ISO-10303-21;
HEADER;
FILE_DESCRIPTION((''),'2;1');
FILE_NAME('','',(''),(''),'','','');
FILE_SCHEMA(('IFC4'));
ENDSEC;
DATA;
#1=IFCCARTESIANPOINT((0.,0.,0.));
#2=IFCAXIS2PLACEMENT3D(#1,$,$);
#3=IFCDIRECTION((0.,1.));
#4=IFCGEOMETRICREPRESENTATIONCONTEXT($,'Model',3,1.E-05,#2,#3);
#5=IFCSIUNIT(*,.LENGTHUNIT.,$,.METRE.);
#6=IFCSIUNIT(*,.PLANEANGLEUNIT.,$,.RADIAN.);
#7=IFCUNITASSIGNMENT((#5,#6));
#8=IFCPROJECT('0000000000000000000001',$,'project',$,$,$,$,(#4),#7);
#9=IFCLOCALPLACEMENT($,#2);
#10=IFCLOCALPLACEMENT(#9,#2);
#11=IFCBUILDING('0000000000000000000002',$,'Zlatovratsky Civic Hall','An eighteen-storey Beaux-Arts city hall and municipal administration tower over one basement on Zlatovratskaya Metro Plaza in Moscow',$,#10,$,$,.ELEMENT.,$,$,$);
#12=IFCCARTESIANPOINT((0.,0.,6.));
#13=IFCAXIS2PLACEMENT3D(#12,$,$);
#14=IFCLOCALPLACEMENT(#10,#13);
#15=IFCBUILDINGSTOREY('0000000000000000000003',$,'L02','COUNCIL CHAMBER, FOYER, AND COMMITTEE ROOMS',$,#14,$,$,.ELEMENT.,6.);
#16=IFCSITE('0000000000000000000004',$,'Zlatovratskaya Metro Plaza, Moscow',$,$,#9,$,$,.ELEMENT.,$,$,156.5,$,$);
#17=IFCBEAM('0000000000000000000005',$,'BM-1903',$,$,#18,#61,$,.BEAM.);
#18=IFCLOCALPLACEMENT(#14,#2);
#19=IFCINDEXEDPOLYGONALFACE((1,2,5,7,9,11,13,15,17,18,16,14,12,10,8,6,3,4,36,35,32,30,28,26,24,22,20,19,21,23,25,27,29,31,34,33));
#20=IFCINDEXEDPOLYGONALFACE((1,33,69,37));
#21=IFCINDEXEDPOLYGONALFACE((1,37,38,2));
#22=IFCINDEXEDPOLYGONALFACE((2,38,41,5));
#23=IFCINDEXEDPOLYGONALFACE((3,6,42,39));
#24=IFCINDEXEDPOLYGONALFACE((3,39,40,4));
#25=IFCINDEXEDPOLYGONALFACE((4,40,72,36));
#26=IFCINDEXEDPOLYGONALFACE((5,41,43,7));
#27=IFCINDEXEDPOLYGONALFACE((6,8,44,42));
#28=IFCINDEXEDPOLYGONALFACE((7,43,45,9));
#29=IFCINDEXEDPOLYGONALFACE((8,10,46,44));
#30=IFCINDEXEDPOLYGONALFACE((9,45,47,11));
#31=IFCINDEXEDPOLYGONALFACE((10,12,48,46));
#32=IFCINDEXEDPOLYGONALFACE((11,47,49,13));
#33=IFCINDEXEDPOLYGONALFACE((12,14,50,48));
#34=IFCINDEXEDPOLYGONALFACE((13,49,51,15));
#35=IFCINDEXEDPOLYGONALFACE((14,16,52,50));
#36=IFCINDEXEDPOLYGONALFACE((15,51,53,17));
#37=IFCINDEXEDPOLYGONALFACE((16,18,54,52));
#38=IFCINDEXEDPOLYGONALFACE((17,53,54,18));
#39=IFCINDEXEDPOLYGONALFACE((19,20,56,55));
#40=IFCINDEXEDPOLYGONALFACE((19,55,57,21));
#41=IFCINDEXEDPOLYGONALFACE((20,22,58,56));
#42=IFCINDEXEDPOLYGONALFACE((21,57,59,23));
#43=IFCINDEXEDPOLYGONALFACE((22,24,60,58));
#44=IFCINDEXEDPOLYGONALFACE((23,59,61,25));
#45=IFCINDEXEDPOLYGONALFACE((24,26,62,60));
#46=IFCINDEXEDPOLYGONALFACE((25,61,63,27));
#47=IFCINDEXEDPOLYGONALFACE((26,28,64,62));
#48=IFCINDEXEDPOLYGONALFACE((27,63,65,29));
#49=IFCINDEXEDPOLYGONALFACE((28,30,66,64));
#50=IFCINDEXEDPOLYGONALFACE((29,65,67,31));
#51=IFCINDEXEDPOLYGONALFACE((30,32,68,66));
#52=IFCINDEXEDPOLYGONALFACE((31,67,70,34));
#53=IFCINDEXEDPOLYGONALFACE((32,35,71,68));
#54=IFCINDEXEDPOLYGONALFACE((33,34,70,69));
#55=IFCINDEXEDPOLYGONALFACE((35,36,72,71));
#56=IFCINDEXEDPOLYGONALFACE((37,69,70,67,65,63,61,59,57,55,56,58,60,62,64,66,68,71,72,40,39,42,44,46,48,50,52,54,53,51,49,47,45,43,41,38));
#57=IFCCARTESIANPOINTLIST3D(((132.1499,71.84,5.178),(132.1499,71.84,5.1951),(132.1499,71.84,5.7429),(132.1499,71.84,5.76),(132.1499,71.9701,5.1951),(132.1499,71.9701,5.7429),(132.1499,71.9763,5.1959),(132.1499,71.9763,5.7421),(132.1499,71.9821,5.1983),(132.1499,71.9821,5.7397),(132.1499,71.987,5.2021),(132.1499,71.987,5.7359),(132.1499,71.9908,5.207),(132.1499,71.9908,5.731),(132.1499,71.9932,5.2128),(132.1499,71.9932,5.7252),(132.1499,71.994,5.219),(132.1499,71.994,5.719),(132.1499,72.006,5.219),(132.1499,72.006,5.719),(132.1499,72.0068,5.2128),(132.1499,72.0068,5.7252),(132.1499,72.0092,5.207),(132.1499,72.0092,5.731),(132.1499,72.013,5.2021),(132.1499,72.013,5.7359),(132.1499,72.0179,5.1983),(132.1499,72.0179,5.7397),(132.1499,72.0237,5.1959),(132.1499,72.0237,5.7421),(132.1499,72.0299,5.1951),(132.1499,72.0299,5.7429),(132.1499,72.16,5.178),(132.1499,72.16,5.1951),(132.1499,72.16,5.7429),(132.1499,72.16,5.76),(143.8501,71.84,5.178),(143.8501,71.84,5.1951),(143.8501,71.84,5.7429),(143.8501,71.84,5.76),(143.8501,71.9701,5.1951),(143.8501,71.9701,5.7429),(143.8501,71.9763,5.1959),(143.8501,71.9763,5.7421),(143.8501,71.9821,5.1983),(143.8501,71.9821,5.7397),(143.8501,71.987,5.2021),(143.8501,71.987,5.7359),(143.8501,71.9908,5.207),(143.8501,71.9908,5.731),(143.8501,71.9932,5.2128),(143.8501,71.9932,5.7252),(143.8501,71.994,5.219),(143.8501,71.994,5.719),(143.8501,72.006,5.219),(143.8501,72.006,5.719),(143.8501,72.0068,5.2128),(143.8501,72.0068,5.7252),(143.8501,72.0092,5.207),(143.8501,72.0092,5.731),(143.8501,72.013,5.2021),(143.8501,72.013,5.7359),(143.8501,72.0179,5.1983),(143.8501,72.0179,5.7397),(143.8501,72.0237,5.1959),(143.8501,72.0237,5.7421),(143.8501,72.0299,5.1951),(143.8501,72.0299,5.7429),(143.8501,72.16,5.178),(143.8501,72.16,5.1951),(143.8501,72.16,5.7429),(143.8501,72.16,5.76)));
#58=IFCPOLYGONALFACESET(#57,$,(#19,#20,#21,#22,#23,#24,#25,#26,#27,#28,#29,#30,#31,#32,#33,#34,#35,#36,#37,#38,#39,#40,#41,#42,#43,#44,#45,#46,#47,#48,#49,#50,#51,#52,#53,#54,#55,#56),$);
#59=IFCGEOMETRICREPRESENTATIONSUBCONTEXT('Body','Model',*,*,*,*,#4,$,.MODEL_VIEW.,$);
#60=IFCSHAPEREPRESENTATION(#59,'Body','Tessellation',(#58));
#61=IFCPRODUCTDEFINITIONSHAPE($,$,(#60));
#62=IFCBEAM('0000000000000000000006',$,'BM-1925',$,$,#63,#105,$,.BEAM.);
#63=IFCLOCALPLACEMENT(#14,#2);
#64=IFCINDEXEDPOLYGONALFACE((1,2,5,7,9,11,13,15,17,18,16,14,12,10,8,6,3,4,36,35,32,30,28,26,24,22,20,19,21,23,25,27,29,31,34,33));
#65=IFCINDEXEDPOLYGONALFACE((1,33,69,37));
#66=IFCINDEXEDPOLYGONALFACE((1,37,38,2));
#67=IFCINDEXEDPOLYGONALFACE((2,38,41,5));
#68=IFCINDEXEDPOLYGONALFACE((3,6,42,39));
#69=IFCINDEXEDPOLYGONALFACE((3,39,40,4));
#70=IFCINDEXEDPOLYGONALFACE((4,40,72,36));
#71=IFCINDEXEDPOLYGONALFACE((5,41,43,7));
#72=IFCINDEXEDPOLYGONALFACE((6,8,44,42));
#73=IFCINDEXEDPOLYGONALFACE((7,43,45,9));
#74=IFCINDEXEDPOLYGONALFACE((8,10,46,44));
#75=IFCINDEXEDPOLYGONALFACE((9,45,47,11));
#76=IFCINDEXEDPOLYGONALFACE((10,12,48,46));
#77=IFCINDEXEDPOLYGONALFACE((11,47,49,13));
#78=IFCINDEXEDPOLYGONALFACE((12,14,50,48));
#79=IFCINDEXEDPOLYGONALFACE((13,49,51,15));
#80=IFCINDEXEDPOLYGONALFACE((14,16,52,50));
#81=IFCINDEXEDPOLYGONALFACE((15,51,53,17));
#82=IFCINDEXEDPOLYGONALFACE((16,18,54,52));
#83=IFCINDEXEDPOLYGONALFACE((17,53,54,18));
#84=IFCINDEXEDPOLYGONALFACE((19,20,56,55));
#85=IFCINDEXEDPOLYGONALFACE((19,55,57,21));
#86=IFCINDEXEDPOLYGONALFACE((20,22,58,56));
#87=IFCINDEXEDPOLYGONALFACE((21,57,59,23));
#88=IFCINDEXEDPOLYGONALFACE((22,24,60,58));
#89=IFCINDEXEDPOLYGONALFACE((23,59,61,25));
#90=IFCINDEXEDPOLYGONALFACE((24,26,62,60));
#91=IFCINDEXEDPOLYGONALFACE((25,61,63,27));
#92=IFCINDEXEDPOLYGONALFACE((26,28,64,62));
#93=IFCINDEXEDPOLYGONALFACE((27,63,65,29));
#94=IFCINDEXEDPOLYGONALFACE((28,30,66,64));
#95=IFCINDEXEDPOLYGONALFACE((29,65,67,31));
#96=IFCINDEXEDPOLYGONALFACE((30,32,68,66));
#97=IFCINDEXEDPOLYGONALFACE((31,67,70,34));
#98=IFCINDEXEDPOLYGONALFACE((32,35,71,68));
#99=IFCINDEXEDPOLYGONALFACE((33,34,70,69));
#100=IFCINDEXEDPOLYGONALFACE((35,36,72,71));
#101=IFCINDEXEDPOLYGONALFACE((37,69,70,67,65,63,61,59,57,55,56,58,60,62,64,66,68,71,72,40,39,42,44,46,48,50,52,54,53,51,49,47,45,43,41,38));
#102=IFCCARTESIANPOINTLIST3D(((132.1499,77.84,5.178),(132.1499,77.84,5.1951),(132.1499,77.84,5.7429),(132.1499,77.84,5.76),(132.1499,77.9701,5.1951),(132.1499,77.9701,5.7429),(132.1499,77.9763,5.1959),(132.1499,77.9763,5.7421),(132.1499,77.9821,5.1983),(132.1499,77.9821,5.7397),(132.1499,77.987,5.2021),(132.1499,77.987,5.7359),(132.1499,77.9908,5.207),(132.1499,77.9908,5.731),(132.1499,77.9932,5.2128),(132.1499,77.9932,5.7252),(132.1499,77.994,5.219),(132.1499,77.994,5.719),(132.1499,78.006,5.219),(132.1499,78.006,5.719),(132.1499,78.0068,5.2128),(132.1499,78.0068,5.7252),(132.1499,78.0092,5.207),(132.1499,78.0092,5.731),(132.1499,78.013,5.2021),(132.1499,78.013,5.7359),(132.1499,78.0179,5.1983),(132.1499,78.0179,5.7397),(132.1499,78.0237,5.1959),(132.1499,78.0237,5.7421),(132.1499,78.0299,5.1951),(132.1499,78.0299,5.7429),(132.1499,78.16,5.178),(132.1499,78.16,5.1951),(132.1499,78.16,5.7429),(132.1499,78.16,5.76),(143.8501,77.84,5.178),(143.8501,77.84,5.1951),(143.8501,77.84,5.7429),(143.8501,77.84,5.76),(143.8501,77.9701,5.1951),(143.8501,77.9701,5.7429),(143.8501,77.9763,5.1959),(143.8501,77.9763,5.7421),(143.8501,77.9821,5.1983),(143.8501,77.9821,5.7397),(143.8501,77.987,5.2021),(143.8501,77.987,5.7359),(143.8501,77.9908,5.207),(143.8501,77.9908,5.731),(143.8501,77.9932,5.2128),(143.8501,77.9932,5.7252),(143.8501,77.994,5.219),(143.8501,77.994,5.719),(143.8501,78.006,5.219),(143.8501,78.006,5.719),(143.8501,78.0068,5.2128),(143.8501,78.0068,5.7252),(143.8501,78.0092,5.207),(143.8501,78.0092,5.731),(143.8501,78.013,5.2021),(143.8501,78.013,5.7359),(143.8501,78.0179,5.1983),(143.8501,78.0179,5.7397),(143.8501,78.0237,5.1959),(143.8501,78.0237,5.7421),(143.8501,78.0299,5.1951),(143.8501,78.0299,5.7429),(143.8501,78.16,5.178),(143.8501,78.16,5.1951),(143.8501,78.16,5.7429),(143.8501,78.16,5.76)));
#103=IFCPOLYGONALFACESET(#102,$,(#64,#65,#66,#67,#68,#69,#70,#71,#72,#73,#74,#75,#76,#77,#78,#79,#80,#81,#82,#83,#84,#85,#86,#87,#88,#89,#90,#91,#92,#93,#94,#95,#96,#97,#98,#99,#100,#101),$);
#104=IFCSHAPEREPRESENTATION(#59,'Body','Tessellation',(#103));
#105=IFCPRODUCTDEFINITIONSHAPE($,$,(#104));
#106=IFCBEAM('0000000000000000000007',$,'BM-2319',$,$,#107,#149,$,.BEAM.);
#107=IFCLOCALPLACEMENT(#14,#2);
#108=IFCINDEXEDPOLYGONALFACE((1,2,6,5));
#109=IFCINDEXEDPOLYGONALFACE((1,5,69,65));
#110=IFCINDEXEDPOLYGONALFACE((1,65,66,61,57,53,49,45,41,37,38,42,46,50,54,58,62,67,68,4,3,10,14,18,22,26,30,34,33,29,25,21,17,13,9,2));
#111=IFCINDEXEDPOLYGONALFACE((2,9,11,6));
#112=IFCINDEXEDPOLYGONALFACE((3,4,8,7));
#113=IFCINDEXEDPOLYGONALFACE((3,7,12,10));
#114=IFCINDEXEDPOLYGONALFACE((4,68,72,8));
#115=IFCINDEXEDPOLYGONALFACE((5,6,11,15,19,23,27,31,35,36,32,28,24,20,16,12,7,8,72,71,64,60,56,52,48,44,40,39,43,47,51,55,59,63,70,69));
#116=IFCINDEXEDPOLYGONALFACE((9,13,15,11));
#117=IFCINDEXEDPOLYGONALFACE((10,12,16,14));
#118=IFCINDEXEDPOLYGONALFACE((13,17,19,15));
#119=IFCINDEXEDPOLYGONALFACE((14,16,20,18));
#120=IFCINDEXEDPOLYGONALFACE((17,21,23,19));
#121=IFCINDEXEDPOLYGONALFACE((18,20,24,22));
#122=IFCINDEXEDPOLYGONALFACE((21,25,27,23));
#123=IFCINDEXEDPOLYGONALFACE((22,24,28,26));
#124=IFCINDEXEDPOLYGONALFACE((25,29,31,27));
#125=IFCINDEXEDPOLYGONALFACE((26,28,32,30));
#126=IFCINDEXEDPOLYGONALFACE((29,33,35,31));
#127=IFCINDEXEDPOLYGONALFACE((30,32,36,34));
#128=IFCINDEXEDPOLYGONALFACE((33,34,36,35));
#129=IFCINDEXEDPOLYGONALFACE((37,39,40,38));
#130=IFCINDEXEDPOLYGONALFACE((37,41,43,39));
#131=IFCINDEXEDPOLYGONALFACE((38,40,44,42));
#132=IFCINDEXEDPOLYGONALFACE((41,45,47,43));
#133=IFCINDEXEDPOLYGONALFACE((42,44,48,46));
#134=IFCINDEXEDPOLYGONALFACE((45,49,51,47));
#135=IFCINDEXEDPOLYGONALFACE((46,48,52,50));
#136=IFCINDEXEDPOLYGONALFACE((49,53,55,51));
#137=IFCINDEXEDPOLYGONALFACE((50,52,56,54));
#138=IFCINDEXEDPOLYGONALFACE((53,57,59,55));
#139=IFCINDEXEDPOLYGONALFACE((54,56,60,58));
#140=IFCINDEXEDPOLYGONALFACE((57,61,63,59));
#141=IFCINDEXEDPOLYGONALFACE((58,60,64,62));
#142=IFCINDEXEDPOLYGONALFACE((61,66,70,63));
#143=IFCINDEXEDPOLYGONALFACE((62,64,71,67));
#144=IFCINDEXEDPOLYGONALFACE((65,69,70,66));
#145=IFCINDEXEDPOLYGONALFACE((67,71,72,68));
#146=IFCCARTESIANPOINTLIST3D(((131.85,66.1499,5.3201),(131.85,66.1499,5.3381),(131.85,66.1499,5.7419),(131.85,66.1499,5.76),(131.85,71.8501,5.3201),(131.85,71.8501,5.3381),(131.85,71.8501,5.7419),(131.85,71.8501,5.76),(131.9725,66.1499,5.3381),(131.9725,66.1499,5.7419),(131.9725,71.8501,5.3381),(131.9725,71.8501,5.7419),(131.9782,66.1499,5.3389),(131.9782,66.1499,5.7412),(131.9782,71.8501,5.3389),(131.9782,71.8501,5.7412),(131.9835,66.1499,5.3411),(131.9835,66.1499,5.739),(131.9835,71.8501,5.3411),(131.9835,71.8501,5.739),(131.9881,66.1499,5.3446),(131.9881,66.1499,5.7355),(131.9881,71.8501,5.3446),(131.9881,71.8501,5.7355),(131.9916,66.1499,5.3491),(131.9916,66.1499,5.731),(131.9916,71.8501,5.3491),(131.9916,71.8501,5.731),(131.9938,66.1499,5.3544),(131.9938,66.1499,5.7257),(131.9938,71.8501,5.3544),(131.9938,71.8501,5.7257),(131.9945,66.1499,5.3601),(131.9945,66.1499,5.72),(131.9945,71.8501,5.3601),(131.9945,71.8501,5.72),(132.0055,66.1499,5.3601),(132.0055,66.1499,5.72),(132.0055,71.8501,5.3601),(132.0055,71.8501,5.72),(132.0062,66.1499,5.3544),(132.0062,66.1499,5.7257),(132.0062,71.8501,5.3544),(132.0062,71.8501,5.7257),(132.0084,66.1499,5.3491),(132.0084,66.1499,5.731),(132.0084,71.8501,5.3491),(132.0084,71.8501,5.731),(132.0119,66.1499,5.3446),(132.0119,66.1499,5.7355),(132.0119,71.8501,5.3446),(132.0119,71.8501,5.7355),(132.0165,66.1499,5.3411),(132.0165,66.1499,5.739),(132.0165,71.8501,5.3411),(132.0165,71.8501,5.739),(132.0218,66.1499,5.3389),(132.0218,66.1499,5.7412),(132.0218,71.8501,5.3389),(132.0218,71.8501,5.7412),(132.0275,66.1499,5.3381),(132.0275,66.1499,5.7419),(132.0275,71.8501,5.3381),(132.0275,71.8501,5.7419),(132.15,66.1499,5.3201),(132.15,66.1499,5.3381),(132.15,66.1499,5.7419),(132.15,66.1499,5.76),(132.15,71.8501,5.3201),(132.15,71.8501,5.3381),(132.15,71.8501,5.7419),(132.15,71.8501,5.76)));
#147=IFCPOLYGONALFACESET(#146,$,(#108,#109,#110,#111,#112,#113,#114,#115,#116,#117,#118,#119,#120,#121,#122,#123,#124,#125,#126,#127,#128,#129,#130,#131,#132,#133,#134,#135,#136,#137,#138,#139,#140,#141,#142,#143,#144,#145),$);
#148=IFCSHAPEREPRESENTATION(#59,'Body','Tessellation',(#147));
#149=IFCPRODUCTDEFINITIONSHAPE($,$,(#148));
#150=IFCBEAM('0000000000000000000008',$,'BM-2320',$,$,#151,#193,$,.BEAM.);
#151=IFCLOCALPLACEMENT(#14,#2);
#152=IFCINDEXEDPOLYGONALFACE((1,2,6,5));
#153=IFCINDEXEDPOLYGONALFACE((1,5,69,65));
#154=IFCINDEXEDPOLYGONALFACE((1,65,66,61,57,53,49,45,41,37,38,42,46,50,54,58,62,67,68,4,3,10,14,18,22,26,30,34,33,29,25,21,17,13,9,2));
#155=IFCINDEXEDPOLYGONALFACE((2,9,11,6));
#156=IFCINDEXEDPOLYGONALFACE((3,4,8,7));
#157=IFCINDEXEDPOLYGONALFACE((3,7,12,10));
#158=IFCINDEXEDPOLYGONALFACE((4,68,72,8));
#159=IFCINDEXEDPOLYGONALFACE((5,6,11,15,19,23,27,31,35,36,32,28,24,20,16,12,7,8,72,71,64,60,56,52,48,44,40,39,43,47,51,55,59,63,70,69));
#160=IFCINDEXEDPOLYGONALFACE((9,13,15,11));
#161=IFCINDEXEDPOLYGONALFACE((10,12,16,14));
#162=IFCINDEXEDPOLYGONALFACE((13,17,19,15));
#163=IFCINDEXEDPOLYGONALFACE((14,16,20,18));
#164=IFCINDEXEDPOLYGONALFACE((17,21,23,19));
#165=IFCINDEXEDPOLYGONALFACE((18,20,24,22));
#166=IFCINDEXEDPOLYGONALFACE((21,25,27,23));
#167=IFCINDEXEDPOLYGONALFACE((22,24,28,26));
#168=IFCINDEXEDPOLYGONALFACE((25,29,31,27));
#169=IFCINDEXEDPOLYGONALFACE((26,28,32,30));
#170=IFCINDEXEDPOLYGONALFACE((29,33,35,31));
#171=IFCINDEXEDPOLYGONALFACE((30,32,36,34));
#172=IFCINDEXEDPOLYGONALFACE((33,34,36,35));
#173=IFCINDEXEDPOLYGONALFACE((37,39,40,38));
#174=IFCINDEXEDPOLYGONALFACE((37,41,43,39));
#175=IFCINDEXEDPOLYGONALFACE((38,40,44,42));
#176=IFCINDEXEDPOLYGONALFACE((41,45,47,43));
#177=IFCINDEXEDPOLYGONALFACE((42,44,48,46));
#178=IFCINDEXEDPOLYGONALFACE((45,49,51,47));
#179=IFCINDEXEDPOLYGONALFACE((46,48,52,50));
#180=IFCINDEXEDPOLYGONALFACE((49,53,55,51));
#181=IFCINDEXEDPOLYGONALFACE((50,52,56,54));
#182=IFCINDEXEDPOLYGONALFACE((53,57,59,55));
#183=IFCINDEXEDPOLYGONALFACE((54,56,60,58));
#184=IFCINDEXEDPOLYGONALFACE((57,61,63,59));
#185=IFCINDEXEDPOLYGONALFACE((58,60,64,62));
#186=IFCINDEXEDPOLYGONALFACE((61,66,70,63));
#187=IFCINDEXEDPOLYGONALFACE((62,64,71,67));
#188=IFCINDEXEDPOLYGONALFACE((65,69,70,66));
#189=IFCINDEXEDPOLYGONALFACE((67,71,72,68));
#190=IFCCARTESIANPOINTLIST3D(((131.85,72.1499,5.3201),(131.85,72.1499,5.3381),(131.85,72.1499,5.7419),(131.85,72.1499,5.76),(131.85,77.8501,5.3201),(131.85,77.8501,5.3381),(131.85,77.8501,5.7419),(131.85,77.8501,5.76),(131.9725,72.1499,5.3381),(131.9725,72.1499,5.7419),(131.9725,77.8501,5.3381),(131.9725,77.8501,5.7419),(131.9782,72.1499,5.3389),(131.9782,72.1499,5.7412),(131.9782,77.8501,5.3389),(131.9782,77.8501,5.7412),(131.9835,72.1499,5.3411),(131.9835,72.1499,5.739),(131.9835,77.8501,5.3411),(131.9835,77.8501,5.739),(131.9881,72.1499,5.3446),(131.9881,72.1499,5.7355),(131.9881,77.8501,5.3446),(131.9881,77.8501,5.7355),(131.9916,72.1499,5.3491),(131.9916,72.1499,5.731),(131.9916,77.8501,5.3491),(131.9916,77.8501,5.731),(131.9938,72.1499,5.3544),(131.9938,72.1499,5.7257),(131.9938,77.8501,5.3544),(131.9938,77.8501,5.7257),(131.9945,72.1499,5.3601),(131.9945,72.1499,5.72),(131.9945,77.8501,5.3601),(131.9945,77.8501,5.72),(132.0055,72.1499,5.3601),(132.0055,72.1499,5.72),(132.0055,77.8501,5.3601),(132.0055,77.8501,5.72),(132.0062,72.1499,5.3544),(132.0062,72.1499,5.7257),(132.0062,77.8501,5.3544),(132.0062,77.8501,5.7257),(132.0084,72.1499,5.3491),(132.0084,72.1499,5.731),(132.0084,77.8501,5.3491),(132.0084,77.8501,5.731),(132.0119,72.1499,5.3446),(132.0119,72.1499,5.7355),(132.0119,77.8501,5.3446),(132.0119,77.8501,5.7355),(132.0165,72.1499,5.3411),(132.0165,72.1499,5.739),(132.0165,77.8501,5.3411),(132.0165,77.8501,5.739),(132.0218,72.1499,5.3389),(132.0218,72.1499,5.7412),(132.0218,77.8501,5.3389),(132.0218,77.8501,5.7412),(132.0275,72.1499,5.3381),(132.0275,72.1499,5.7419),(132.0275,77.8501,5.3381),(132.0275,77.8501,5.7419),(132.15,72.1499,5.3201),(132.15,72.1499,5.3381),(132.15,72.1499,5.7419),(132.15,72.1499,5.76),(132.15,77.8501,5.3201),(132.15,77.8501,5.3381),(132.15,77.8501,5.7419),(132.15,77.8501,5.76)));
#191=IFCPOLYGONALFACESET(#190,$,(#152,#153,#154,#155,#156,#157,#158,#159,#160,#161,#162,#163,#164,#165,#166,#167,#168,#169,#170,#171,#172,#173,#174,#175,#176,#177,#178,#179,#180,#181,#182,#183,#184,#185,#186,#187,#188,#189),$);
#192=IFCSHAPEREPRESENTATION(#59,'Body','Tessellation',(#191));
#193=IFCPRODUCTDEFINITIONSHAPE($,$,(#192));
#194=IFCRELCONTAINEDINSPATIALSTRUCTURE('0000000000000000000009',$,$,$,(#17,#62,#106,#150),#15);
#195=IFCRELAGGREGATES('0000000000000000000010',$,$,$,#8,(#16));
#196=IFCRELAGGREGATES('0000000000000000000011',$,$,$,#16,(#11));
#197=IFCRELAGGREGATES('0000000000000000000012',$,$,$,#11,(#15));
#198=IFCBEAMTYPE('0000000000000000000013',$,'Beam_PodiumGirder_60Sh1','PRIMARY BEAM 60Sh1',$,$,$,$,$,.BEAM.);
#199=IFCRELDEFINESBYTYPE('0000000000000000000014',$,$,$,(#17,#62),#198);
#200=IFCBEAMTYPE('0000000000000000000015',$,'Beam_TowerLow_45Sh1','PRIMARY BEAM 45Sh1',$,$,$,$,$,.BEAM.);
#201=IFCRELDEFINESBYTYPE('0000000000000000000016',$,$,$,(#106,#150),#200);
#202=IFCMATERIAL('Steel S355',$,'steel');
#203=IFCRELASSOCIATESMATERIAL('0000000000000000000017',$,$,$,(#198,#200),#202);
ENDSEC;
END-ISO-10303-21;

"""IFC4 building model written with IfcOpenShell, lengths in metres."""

from ifc_helpers import new_model, si_unit, direction, frame, origin, origin_2d, place, context, subcontext, project, spatial, i_section, extrude, material, material_profile, profile_set, type_object, element, save


model = new_model("IFC4")

# Units and contexts
model_context = context("Model", 3, precision=1e-05, world=origin(), true_north=direction((0.0, 1.0)))
body_context = subcontext(model_context, "Body", "Model", "MODEL_VIEW")
ifc_project = project(units=[si_unit("LENGTHUNIT", "METRE"), si_unit("PLANEANGLEUNIT", "RADIAN")], contexts=[model_context])

# Site, building, storey
site_placement = place(None, origin())
site = spatial("IfcSite", under=ifc_project, at=site_placement, Name="Zlatovratskaya Metro Plaza, Moscow", CompositionType="ELEMENT", RefElevation=156.5)
building_placement = place(site_placement, origin())
building = spatial("IfcBuilding", under=site, at=building_placement, Name="Zlatovratsky Civic Hall", Description="An eighteen-storey Beaux-Arts city hall and municipal administration tower over one basement on Zlatovratskaya Metro Plaza in Moscow", CompositionType="ELEMENT")
storey_placement = place(building_placement, frame((0.0, 0.0, 6.0)))
storey = spatial("IfcBuildingStorey", under=building, at=storey_placement, Name="L02", Description="COUNCIL CHAMBER, FOYER, AND COMMITTEE ROOMS", CompositionType="ELEMENT", Elevation=6.0)

# Shared definitions
ifc_material_1 = material(Name="Steel S355", Category="steel")

# Beams
ifc_material_profile_1 = material_profile(ifc_material_1, i_section(OverallWidth=0.3201, OverallDepth=0.582, WebThickness=0.012, FlangeThickness=0.0171, FilletRadius=0.0239, at=origin_2d()), Name="60Sh1")
ifc_profile_set_1 = profile_set([ifc_material_profile_1], Name="Steel S355")
beam_type_1 = type_object("IfcBeamType", Name="Beam_PodiumGirder_60Sh1", Description="PRIMARY BEAM 60Sh1", PredefinedType="BEAM", material=ifc_profile_set_1)
for number, where, z_axis, x_axis, name in (
    (1, (132.1499, 72.0, 5.469), (1.0, 0.0, 0.0), (0.0, 1.0, 0.0), "BM-1903"),
    (2, (132.1499, 78.0, 5.469), (1.0, 0.0, 0.0), (0.0, 1.0, 0.0), "BM-1925"),
):
    element("IfcBeam", number, at=place(storey_placement, frame(where, z_axis=z_axis, x_axis=x_axis)), inside=storey, type_object=beam_type_1, Name=name, PredefinedType="BEAM", context=body_context, shape_type="SweptSolid", body=[
        extrude(i_section(OverallWidth=0.3201, OverallDepth=0.582, WebThickness=0.012, FlangeThickness=0.0171, FilletRadius=0.0239, at=origin_2d()), origin(), (0.0, 0.0, 1.0), 11.7002),
    ])
ifc_material_profile_2 = material_profile(ifc_material_1, i_section(OverallWidth=0.3, OverallDepth=0.4399, WebThickness=0.011, FlangeThickness=0.0181, FilletRadius=0.022, at=origin_2d()), Name="45Sh1")
ifc_profile_set_2 = profile_set([ifc_material_profile_2], Name="Steel S355")
beam_type_2 = type_object("IfcBeamType", Name="Beam_TowerLow_45Sh1", Description="PRIMARY BEAM 45Sh1", PredefinedType="BEAM", material=ifc_profile_set_2)
for number, where, z_axis, x_axis, name in (
    (3, (132.0, 66.1499, 5.54), (0.0, 1.0, 0.0), (-1.0, 0.0, 0.0), "BM-2319"),
    (4, (132.0, 72.1499, 5.54), (0.0, 1.0, 0.0), (-1.0, 0.0, 0.0), "BM-2320"),
):
    element("IfcBeam", number, at=place(storey_placement, frame(where, z_axis=z_axis, x_axis=x_axis)), inside=storey, type_object=beam_type_2, Name=name, PredefinedType="BEAM", context=body_context, shape_type="SweptSolid", body=[
        extrude(i_section(OverallWidth=0.3, OverallDepth=0.4399, WebThickness=0.011, FlangeThickness=0.0181, FilletRadius=0.022, at=origin_2d()), origin(), (0.0, 0.0, 1.0), 5.7002),
    ])

save(model, "model.ifc")
